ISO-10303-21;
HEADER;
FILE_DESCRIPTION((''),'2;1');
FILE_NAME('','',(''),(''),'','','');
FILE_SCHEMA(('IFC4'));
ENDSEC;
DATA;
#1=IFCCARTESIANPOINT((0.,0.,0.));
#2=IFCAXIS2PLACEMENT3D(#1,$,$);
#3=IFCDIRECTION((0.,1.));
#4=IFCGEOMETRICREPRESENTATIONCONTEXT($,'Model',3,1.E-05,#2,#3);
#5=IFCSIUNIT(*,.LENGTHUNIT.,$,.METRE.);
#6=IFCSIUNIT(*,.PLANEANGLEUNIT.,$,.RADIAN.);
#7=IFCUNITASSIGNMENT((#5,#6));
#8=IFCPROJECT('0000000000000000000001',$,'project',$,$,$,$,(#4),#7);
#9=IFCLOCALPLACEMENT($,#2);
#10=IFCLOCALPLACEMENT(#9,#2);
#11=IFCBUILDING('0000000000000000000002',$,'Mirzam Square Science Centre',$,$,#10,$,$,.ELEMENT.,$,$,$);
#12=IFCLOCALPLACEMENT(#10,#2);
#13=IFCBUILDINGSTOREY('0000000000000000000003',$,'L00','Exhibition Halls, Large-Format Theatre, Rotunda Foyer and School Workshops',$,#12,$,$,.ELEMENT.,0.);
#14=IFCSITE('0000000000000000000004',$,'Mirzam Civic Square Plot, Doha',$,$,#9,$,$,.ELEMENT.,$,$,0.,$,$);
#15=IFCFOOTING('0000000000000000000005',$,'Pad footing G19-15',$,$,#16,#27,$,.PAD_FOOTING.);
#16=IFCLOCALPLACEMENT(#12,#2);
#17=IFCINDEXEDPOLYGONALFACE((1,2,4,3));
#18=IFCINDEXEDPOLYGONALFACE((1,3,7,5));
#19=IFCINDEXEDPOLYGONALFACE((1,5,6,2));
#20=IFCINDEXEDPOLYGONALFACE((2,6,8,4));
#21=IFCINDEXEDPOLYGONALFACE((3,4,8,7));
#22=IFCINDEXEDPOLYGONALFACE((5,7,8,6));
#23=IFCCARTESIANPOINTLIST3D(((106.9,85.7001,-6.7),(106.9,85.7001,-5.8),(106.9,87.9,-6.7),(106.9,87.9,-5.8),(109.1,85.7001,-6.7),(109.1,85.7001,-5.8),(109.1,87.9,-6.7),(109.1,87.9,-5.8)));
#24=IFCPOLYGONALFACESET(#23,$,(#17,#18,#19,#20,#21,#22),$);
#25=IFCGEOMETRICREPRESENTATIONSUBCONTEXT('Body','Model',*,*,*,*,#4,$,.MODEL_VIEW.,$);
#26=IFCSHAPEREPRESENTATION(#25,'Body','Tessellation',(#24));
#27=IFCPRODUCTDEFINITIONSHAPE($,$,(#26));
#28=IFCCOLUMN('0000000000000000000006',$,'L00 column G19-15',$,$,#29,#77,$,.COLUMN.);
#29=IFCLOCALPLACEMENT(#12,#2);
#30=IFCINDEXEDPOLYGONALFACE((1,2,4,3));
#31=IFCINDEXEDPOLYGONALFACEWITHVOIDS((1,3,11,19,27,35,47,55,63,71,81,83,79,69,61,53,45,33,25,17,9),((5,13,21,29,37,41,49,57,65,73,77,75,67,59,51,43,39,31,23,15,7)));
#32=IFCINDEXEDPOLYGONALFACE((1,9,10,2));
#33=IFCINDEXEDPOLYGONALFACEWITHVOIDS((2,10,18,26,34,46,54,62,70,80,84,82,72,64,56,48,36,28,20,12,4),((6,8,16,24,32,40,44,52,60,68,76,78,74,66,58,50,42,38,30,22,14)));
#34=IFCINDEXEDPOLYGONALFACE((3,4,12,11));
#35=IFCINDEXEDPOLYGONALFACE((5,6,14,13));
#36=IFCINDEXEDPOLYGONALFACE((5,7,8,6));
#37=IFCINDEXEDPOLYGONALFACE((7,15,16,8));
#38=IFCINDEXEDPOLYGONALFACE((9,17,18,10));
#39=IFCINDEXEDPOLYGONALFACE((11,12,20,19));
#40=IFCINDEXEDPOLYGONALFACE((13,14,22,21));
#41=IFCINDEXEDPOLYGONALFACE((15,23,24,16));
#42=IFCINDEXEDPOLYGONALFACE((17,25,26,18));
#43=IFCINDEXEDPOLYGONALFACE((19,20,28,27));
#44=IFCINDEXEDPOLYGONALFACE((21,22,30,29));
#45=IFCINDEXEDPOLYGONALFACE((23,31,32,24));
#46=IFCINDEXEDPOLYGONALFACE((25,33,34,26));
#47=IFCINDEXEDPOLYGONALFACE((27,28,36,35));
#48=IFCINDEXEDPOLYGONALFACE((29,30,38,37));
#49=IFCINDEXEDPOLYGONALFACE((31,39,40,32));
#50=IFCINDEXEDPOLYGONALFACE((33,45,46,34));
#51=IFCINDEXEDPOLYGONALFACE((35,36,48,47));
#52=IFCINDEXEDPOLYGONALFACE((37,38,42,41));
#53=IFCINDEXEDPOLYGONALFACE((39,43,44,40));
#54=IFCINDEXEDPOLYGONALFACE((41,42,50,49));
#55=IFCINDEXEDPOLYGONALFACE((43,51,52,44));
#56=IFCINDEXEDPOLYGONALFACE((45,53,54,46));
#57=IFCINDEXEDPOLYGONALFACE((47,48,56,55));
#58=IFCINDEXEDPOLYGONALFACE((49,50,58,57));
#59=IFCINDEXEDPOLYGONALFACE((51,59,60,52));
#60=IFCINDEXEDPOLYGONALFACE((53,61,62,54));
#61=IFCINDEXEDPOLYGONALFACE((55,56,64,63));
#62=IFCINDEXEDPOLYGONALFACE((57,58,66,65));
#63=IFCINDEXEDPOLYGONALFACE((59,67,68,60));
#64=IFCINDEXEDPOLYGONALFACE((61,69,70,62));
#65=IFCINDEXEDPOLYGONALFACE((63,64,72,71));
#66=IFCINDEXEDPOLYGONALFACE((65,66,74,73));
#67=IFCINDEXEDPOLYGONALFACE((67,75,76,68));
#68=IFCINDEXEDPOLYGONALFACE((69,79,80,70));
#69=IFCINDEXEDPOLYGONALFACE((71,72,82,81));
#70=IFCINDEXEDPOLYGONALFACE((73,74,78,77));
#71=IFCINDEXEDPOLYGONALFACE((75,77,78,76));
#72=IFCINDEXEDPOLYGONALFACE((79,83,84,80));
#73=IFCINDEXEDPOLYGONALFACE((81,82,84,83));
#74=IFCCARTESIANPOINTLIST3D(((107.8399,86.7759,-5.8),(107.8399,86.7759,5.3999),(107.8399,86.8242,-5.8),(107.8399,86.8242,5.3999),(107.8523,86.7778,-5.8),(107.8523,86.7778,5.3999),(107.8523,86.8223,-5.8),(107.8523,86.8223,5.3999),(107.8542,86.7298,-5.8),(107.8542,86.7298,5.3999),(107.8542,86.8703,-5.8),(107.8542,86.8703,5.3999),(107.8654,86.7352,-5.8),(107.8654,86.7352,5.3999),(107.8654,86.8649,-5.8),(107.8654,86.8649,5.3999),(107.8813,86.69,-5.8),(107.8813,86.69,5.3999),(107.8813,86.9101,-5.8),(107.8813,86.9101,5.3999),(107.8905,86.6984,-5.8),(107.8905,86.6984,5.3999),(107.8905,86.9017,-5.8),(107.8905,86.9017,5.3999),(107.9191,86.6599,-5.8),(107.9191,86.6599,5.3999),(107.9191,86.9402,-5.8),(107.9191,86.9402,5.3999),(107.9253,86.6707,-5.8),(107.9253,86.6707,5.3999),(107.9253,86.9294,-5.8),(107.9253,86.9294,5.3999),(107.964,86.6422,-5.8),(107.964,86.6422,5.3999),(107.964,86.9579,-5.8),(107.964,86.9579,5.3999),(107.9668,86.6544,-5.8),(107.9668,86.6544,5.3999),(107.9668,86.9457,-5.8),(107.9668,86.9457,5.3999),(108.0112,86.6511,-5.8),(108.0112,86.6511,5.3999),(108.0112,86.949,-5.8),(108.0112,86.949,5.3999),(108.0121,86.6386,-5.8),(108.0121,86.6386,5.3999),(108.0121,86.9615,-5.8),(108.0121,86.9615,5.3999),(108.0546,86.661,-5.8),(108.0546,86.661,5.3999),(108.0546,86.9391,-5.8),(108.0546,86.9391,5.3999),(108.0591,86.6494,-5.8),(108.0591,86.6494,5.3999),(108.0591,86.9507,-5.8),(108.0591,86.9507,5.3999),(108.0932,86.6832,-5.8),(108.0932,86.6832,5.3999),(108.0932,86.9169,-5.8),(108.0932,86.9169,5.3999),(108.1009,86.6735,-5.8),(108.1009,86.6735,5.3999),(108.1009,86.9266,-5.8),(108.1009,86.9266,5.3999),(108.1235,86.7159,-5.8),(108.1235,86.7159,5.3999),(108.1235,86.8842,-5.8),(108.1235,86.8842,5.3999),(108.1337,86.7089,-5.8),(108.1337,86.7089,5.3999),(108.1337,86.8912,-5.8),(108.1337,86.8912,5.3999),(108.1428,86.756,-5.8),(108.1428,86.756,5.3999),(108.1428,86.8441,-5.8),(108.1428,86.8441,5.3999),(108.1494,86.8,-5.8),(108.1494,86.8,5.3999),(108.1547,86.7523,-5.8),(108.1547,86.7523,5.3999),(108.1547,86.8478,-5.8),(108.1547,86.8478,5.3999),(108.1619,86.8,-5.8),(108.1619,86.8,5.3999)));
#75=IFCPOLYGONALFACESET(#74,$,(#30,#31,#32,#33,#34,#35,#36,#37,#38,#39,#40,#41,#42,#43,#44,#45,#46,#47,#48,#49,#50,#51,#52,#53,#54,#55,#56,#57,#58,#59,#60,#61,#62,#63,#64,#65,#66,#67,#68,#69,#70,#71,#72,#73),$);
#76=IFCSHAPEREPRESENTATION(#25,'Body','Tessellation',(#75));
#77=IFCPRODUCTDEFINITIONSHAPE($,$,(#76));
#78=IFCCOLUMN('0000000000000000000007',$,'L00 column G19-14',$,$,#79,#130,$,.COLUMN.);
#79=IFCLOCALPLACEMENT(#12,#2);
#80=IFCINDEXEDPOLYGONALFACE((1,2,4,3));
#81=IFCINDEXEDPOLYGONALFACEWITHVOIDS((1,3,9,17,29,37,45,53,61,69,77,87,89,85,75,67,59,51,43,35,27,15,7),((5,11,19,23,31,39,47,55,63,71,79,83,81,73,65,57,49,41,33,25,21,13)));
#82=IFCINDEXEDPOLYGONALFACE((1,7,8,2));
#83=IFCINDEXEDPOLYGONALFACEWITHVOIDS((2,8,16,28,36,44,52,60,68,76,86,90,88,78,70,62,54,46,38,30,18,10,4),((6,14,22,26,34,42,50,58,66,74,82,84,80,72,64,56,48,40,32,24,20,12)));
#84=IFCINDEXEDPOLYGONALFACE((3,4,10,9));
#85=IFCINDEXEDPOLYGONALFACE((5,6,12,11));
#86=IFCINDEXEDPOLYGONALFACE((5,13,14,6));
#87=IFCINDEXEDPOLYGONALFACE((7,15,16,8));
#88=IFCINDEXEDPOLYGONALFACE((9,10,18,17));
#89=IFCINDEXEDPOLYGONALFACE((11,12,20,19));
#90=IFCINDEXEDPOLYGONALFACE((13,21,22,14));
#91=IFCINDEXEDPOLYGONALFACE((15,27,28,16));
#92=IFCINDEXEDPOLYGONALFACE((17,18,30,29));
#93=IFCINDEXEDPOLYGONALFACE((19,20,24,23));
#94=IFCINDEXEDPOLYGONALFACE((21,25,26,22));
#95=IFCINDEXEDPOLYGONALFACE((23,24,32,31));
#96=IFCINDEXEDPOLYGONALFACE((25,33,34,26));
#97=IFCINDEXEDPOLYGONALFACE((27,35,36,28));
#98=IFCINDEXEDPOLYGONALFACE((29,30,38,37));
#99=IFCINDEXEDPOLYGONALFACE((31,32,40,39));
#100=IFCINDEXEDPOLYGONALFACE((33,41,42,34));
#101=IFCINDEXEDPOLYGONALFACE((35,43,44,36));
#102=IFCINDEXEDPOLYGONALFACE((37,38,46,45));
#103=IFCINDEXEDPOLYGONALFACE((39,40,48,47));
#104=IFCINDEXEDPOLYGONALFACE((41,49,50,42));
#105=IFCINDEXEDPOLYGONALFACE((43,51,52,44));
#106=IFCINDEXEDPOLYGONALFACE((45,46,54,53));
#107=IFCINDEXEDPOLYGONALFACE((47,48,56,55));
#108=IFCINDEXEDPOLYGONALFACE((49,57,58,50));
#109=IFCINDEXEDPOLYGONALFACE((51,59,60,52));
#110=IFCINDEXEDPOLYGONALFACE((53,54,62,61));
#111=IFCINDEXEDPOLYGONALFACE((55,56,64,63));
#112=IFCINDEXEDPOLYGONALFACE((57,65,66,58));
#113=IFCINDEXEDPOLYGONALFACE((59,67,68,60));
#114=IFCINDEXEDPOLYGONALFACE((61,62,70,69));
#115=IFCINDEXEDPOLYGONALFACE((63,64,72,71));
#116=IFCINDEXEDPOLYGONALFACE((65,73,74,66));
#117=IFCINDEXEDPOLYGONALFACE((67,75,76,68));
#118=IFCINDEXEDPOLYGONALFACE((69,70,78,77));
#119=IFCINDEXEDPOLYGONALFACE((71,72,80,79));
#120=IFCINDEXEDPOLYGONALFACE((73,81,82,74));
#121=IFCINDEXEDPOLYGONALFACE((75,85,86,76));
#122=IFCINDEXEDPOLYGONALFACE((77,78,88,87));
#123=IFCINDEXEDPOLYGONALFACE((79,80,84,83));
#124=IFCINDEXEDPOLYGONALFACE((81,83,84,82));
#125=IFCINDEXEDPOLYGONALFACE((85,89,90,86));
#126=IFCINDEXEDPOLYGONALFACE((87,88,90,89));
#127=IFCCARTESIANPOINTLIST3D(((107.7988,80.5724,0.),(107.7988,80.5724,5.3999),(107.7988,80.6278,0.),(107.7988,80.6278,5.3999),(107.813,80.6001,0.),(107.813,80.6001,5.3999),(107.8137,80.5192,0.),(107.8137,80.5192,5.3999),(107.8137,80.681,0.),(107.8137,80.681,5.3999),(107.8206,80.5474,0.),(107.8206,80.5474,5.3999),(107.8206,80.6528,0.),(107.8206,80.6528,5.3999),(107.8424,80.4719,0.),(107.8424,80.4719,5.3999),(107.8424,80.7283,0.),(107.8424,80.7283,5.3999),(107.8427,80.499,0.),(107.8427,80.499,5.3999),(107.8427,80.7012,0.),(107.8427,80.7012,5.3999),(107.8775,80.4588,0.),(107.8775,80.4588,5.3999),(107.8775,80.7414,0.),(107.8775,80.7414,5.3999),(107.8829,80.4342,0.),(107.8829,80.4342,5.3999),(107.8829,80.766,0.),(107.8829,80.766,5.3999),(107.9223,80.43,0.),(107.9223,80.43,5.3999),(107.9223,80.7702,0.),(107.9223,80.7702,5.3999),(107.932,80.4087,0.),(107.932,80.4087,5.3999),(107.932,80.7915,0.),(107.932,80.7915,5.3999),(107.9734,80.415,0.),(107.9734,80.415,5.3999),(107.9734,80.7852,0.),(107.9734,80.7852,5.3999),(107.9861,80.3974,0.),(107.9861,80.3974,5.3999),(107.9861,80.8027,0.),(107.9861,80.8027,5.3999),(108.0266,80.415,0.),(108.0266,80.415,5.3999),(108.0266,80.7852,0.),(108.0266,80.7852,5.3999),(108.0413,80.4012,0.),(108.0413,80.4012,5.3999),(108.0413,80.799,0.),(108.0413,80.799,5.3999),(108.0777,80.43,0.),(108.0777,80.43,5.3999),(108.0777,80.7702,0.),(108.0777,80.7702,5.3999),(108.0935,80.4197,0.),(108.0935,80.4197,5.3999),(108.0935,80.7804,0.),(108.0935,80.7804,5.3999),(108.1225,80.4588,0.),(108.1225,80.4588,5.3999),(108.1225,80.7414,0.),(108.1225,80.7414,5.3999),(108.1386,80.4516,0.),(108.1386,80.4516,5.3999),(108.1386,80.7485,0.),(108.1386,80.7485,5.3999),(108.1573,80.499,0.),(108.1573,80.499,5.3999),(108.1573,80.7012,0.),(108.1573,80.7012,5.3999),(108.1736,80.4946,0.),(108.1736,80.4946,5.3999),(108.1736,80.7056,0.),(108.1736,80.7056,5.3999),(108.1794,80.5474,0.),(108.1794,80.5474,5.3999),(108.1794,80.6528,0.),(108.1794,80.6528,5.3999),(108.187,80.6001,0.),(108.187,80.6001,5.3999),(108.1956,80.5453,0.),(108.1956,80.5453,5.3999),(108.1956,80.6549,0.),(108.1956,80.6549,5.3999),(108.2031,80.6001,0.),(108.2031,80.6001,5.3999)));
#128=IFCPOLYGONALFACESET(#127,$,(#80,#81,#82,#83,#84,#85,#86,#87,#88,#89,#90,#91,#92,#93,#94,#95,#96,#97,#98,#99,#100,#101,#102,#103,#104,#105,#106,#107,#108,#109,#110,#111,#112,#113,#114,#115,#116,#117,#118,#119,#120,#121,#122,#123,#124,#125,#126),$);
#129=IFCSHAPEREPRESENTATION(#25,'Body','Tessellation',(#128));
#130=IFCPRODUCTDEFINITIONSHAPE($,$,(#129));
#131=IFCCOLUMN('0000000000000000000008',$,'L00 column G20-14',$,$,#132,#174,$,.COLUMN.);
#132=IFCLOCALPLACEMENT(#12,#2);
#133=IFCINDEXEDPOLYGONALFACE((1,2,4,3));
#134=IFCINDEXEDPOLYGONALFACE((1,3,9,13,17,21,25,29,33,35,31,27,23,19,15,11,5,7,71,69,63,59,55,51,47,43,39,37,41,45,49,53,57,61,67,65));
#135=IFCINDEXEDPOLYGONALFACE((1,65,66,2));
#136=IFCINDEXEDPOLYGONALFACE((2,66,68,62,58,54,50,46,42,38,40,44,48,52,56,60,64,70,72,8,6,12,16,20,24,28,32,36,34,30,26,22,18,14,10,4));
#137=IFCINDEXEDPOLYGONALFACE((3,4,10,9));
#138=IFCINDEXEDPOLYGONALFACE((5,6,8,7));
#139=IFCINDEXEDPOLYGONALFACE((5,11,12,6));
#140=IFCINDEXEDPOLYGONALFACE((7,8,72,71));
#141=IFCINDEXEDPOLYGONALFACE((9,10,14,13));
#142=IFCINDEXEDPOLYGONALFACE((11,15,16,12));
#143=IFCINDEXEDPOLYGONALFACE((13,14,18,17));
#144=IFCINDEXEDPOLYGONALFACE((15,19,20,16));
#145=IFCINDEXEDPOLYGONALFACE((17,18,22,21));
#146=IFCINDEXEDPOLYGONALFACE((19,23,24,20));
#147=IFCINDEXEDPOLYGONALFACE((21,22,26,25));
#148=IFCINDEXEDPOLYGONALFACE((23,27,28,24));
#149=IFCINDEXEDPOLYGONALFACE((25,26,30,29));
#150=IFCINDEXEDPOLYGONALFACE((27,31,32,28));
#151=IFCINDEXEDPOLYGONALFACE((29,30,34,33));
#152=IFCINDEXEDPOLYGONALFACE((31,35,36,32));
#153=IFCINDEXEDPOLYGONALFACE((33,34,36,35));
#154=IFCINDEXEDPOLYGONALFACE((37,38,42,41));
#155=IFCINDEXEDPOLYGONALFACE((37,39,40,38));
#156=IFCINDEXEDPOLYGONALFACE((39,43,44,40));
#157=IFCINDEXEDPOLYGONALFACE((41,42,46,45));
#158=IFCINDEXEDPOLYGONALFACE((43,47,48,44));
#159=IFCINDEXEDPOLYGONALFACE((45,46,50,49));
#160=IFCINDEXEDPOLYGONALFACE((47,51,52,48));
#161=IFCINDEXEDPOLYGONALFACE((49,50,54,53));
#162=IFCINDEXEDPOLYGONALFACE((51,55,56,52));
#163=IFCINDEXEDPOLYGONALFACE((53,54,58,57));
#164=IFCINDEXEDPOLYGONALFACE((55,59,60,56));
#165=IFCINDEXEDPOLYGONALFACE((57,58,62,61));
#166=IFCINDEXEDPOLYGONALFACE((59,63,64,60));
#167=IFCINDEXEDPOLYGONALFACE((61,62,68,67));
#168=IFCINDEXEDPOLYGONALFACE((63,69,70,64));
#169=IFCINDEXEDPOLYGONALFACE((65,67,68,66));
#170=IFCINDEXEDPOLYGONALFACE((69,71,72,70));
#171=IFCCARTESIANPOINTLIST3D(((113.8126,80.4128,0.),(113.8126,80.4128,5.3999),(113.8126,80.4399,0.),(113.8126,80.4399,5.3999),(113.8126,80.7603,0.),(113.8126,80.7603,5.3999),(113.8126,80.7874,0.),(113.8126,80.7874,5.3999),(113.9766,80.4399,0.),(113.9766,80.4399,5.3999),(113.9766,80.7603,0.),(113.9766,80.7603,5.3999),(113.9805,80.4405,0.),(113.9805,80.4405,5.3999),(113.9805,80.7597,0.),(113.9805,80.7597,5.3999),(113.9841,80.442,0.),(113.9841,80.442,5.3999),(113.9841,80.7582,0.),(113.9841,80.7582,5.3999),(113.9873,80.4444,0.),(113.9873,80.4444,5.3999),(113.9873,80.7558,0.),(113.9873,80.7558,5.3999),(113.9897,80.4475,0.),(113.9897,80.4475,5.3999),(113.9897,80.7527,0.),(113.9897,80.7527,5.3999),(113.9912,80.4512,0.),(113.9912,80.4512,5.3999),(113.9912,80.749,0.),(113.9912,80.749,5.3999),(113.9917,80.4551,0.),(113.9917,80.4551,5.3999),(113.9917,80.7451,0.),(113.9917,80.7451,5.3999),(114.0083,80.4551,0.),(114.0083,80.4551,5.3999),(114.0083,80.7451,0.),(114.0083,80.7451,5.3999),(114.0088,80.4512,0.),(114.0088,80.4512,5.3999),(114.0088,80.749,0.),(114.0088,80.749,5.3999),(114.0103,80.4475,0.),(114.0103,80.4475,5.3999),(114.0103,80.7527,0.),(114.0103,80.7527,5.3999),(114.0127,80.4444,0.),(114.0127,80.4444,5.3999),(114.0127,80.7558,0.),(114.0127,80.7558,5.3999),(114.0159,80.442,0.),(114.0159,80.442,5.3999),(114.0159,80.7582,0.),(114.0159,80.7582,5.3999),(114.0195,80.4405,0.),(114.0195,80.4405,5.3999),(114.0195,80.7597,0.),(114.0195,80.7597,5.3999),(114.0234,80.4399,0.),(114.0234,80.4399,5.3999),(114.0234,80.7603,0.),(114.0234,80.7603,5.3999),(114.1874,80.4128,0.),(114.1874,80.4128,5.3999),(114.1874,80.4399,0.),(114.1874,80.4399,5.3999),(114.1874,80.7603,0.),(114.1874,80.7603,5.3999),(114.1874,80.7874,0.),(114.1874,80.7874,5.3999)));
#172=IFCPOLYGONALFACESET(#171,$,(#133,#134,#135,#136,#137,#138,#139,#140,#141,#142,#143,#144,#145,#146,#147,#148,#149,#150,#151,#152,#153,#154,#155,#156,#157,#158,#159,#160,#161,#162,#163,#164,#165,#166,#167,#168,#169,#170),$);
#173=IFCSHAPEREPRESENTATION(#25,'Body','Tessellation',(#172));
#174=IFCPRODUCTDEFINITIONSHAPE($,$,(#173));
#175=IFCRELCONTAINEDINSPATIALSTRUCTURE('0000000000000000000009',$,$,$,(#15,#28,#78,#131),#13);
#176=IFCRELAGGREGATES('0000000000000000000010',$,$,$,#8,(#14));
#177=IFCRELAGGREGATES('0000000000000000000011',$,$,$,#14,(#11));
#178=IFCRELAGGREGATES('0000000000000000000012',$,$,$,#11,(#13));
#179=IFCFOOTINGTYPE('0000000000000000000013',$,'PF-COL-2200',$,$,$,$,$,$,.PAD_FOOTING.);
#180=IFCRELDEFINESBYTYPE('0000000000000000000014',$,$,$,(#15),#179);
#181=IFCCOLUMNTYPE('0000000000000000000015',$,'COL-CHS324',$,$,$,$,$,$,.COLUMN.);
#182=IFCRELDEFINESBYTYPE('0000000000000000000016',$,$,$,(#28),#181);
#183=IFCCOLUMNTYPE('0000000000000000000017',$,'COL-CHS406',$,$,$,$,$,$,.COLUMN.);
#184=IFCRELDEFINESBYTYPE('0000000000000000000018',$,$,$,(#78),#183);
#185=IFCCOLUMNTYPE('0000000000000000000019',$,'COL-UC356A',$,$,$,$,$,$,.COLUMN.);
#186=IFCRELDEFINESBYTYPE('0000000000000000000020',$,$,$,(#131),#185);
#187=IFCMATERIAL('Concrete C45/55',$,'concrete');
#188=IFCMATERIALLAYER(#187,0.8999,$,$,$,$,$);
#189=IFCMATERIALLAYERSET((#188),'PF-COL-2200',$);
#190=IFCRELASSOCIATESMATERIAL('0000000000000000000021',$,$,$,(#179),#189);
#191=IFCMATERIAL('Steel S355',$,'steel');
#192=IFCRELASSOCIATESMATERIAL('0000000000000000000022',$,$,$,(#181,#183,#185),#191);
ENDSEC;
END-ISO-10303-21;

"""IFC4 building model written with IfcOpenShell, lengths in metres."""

from ifc_helpers import new_model, si_unit, direction, frame, origin, origin_2d, place, context, subcontext, project, spatial, rectangle, hollow_circle, i_section, extrude, material, layer, layer_set, material_profile, profile_set, type_object, element, save


model = new_model("IFC4")

# Units and contexts
model_context = context("Model", 3, precision=1e-05, world=origin(), true_north=direction((0.0, 1.0)))
body_context = subcontext(model_context, "Body", "Model", "MODEL_VIEW")
ifc_project = project(units=[si_unit("LENGTHUNIT", "METRE"), si_unit("PLANEANGLEUNIT", "RADIAN")], contexts=[model_context])

# Site, building, storey
site_placement = place(None, origin())
site = spatial("IfcSite", under=ifc_project, at=site_placement, Name="Mirzam Civic Square Plot, Doha", CompositionType="ELEMENT", RefElevation=0.0)
building_placement = place(site_placement, origin())
building = spatial("IfcBuilding", under=site, at=building_placement, Name="Mirzam Square Science Centre", CompositionType="ELEMENT")
storey_placement = place(building_placement, origin())
storey = spatial("IfcBuildingStorey", under=building, at=storey_placement, Name="L00", Description="Exhibition Halls, Large-Format Theatre, Rotunda Foyer and School Workshops", CompositionType="ELEMENT", Elevation=0.0)

# Footing
ifc_material_1 = material(Name="Concrete C45/55", Category="concrete")
ifc_layer_1 = layer(ifc_material_1, 0.8999)
ifc_layer_set_1 = layer_set([ifc_layer_1], Name="PF-COL-2200")
footing_type = type_object("IfcFootingType", Name="PF-COL-2200", PredefinedType="PAD_FOOTING", material=ifc_layer_set_1)
footing_placement = place(storey_placement, frame((108.0, 86.8, -6.7), z_axis=(0.0, 0.0, 1.0), x_axis=(1.0, 0.0, 0.0)))
element("IfcFooting", 1, at=footing_placement, inside=storey, type_object=footing_type, Name="Pad footing G19-15", PredefinedType="PAD_FOOTING", context=body_context, shape_type="SweptSolid", body=[
    extrude(rectangle(XDim=2.2, YDim=2.2, at=origin_2d()), origin(), (0.0, 0.0, 1.0), 0.8999),
])

# Columns
ifc_material_2 = material(Name="Steel S355", Category="steel")
ifc_material_profile_1 = material_profile(ifc_material_2, hollow_circle(Radius=0.1619, WallThickness=0.0125, at=origin_2d()), Name="323.9x12.5CHS")
ifc_profile_set_1 = profile_set([ifc_material_profile_1], Name="Steel S355")
column_type_1 = type_object("IfcColumnType", Name="COL-CHS324", PredefinedType="COLUMN", material=ifc_profile_set_1)
column_1_placement = place(storey_placement, frame((108.0, 86.8, -5.8), z_axis=(0.0, 0.0, 1.0), x_axis=(1.0, 0.0, 0.0)))
element("IfcColumn", 2, at=column_1_placement, inside=storey, type_object=column_type_1, Name="L00 column G19-15", PredefinedType="COLUMN", context=body_context, shape_type="SweptSolid", body=[
    extrude(hollow_circle(Radius=0.1619, WallThickness=0.0125, at=origin_2d()), origin(), (0.0, 0.0, 1.0), 11.2),
])
ifc_material_profile_2 = material_profile(ifc_material_2, hollow_circle(Radius=0.2031, WallThickness=0.0161, at=origin_2d()), Name="406.4x16.0CHS")
ifc_profile_set_2 = profile_set([ifc_material_profile_2], Name="Steel S355")
column_type_2 = type_object("IfcColumnType", Name="COL-CHS406", PredefinedType="COLUMN", material=ifc_profile_set_2)
column_2_placement = place(storey_placement, frame((108.0, 80.6001, 0.0), z_axis=(0.0, 0.0, 1.0), x_axis=(1.0, 0.0, 0.0)))
element("IfcColumn", 3, at=column_2_placement, inside=storey, type_object=column_type_2, Name="L00 column G19-14", PredefinedType="COLUMN", context=body_context, shape_type="SweptSolid", body=[
    extrude(hollow_circle(Radius=0.2031, WallThickness=0.0161, at=origin_2d()), origin(), (0.0, 0.0, 1.0), 5.3999),
])
ifc_material_profile_3 = material_profile(ifc_material_2, i_section(OverallWidth=0.3748, OverallDepth=0.3745, WebThickness=0.0166, FlangeThickness=0.0271, FilletRadius=0.0151, at=origin_2d()), Name="356x368x202UC")
ifc_profile_set_3 = profile_set([ifc_material_profile_3], Name="Steel S355")
column_type_3 = type_object("IfcColumnType", Name="COL-UC356A", PredefinedType="COLUMN", material=ifc_profile_set_3)
column_3_placement = place(storey_placement, frame((114.0, 80.6001, 0.0), z_axis=(0.0, 0.0, 1.0), x_axis=(1.0, 0.0, 0.0)))
element("IfcColumn", 4, at=column_3_placement, inside=storey, type_object=column_type_3, Name="L00 column G20-14", PredefinedType="COLUMN", context=body_context, shape_type="SweptSolid", body=[
    extrude(i_section(OverallWidth=0.3748, OverallDepth=0.3745, WebThickness=0.0166, FlangeThickness=0.0271, FilletRadius=0.0151, at=origin_2d()), origin(), (0.0, 0.0, 1.0), 5.3999),
])

save(model, "model.ifc")
